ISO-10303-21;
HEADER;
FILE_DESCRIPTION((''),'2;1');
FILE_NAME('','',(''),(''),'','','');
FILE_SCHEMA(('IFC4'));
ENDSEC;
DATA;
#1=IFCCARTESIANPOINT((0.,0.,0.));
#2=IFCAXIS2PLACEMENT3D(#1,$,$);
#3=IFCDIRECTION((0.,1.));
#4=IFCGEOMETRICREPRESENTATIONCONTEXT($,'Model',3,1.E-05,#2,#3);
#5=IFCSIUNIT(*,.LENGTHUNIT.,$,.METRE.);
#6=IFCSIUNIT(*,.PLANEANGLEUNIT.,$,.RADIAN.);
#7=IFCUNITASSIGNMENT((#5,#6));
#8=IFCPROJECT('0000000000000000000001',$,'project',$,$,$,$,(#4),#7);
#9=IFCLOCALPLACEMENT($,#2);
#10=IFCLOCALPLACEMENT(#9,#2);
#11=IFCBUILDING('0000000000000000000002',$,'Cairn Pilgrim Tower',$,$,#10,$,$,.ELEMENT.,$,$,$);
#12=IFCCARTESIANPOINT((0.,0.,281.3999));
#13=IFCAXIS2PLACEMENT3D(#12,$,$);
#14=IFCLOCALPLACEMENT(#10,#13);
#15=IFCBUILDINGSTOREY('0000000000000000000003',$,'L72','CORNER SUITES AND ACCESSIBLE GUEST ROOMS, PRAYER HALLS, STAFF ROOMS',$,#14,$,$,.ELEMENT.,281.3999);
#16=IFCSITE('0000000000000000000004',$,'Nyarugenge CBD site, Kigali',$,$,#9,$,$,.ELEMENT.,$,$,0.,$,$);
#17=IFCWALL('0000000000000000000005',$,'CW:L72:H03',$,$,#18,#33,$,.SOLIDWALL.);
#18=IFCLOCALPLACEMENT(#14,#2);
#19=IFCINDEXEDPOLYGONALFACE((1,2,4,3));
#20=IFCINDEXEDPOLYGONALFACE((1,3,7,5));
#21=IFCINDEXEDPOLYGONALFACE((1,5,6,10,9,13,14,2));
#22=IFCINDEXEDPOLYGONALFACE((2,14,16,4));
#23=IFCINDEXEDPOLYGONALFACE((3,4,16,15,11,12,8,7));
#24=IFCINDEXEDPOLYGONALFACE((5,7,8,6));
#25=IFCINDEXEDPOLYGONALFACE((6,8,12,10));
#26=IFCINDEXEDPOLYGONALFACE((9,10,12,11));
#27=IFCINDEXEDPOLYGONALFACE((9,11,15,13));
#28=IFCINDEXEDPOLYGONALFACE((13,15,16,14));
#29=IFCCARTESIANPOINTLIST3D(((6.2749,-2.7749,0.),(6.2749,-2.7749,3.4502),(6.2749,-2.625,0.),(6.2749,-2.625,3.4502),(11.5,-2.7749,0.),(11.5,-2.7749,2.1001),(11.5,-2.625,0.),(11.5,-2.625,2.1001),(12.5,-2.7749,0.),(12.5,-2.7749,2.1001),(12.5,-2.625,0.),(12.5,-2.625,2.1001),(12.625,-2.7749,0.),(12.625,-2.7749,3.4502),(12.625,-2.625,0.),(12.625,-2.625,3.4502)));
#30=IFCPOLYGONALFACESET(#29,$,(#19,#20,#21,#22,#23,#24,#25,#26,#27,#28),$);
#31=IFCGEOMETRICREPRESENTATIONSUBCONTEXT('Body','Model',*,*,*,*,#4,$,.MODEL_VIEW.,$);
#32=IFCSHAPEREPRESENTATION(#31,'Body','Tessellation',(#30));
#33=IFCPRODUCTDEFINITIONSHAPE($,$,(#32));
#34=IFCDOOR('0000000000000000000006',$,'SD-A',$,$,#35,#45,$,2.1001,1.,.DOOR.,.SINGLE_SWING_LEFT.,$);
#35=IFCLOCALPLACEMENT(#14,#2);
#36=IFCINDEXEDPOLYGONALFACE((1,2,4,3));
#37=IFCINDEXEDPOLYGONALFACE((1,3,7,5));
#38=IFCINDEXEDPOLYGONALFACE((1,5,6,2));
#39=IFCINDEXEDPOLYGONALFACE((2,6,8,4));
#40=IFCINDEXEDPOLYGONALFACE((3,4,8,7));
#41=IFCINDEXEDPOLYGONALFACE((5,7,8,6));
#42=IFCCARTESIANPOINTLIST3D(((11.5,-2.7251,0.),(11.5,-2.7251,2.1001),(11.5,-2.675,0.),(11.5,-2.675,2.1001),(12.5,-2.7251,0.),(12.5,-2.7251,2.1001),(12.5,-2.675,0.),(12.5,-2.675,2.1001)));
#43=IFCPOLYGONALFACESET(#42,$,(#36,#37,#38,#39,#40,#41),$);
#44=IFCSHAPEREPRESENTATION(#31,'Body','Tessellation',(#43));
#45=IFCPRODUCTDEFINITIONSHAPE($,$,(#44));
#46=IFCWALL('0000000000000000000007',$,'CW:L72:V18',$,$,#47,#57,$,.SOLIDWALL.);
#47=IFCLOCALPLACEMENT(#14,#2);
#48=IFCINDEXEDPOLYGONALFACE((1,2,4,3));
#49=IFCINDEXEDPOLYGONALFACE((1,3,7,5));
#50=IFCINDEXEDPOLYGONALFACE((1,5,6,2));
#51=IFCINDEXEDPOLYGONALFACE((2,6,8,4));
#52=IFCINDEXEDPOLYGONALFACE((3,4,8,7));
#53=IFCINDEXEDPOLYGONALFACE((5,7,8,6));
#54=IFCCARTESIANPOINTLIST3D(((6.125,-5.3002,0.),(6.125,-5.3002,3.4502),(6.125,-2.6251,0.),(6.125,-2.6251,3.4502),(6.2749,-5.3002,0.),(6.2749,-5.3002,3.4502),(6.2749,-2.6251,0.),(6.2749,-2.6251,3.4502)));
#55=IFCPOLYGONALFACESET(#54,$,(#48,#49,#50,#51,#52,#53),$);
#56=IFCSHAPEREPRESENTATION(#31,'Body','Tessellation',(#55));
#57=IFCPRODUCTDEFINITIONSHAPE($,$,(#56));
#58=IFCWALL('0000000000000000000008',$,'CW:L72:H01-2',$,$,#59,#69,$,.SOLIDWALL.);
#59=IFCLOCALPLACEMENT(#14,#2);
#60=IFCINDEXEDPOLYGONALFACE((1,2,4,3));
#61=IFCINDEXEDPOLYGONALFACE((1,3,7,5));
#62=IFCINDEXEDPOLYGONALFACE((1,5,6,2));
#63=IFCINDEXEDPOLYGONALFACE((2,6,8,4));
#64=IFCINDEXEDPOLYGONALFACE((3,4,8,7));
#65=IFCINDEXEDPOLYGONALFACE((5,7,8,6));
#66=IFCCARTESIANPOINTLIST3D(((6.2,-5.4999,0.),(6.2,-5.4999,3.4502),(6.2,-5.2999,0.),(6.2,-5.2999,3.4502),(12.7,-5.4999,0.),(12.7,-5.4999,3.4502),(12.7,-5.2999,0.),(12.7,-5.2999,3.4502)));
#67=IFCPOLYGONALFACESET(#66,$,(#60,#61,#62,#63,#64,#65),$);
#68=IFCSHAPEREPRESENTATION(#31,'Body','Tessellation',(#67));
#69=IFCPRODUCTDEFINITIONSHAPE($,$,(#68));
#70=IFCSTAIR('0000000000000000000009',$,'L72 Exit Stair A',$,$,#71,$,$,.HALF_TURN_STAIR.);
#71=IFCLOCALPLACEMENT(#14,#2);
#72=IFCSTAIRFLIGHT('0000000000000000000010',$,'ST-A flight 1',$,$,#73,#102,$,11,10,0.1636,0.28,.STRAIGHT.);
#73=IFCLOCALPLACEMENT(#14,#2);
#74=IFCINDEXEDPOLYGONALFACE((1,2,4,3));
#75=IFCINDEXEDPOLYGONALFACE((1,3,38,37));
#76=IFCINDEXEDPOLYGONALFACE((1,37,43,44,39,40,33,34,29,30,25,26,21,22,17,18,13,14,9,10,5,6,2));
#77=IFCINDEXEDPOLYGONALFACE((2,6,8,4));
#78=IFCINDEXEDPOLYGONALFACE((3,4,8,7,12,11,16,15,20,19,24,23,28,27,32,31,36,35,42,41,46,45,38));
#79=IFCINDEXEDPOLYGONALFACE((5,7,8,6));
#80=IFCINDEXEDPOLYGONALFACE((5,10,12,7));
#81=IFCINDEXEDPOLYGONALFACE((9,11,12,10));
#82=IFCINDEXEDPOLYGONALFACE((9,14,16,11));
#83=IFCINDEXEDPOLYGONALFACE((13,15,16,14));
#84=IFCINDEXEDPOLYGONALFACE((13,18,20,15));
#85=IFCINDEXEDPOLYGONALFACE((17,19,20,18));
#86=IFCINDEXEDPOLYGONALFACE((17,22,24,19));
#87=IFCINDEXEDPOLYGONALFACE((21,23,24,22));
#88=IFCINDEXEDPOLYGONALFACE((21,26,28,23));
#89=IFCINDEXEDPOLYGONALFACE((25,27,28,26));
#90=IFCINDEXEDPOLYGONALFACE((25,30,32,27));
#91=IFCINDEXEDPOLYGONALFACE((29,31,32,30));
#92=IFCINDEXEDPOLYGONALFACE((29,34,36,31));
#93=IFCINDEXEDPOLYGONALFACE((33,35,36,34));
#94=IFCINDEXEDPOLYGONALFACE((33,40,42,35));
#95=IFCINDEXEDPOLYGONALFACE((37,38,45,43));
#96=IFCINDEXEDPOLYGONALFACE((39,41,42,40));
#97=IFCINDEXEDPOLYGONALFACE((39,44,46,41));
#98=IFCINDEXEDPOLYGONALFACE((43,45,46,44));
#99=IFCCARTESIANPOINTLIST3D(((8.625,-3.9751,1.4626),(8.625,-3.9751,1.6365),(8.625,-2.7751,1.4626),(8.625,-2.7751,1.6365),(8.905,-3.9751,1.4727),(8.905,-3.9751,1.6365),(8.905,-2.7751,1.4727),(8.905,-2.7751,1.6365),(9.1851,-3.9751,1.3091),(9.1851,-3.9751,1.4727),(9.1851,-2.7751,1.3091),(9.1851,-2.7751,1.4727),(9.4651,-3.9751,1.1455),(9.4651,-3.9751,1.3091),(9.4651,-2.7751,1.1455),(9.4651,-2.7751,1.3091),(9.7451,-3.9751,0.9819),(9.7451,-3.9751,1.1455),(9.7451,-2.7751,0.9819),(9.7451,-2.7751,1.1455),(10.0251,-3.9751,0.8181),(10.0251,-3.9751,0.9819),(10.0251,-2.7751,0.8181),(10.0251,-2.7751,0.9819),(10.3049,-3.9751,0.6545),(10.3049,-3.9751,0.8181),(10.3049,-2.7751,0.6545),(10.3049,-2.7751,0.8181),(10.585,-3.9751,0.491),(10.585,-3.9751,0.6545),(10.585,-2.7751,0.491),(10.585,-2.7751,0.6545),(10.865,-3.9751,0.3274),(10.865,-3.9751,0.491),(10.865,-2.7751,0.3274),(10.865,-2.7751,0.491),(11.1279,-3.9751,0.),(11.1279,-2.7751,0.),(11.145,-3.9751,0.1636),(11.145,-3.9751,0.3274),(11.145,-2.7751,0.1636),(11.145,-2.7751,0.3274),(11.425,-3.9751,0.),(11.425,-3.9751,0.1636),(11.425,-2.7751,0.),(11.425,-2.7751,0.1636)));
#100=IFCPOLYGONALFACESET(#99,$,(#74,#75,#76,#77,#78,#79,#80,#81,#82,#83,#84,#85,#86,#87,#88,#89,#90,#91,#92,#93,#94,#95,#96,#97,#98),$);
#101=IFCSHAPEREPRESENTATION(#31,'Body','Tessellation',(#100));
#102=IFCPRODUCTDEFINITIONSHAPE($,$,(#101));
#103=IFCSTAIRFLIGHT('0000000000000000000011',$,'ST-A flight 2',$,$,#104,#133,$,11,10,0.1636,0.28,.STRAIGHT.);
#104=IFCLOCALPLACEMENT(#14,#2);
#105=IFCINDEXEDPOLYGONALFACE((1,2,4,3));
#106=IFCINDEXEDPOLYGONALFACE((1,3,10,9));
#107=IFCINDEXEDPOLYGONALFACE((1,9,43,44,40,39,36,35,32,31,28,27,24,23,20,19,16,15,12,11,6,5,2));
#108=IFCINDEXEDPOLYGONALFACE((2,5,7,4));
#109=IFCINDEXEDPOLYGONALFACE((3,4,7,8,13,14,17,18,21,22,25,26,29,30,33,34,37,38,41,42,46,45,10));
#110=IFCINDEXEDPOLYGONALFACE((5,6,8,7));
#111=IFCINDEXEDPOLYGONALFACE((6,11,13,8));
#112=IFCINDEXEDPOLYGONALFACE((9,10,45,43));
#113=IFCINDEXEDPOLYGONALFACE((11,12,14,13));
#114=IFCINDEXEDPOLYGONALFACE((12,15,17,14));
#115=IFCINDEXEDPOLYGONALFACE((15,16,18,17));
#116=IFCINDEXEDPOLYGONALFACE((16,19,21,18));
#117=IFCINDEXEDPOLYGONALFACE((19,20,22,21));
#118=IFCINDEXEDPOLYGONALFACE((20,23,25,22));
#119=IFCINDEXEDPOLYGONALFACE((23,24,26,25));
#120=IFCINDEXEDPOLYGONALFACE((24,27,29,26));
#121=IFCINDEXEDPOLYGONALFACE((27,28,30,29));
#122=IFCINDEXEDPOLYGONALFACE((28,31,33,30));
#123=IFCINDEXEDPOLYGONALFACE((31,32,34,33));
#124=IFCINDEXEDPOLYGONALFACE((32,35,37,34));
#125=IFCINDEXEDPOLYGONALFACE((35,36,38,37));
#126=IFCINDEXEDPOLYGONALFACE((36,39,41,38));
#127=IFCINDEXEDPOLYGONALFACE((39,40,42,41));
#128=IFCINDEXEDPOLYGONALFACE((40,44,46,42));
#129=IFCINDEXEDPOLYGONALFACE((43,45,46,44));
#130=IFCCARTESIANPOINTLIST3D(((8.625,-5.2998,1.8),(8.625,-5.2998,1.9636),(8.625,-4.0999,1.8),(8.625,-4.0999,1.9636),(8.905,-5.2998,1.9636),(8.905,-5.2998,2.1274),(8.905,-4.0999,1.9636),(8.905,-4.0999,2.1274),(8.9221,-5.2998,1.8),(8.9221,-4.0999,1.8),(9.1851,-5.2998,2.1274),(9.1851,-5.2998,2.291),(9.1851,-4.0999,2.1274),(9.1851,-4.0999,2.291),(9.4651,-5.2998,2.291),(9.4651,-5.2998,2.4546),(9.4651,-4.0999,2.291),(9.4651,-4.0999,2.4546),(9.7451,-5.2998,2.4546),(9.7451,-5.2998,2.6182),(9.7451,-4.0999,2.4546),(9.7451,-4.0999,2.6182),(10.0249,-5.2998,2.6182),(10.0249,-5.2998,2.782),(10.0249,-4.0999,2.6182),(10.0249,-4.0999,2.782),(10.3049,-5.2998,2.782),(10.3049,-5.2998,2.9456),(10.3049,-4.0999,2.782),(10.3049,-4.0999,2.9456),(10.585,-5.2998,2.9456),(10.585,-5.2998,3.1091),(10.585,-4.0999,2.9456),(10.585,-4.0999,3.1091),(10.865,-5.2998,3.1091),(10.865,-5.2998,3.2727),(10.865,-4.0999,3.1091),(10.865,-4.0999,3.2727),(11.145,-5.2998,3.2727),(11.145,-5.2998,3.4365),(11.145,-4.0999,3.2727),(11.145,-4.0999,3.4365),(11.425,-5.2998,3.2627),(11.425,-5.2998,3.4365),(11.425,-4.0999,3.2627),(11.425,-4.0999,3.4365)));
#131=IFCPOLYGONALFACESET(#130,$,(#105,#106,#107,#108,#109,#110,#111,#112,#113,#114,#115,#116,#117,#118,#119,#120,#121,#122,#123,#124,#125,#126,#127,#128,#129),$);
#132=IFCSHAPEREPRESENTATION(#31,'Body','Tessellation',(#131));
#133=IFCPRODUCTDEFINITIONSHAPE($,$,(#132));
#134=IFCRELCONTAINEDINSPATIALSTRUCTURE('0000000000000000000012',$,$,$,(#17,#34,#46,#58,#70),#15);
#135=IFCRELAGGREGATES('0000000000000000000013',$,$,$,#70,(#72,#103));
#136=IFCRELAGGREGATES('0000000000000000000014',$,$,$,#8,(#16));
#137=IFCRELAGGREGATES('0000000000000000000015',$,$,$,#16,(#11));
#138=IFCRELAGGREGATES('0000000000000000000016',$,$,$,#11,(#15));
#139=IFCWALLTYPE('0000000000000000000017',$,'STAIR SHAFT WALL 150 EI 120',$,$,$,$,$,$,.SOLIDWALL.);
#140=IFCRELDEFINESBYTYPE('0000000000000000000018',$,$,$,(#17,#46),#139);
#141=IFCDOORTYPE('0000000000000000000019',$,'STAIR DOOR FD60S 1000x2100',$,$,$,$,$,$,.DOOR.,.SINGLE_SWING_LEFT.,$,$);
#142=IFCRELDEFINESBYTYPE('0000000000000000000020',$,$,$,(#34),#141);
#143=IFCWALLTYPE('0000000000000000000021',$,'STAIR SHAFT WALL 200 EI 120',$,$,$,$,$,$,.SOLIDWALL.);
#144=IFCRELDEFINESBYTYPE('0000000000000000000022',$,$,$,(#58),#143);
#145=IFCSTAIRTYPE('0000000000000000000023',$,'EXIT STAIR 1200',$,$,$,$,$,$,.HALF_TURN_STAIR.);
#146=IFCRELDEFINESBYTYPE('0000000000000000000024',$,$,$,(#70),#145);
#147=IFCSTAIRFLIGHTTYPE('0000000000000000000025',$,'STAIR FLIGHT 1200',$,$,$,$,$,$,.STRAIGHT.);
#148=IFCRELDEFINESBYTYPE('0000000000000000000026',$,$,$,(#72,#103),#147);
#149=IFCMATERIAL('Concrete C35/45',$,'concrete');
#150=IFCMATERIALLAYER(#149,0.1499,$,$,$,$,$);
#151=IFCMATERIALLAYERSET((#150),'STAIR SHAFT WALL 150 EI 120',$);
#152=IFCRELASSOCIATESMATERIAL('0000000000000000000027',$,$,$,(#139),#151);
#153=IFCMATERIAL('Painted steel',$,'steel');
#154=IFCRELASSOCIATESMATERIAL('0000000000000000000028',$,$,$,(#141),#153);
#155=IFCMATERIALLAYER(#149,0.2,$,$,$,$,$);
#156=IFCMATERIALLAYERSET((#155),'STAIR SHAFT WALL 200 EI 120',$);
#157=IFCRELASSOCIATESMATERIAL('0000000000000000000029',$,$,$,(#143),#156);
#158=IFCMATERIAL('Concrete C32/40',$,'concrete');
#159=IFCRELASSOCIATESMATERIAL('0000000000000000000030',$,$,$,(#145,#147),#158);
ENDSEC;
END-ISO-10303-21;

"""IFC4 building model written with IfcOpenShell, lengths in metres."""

from ifc_helpers import new_model, si_unit, direction, frame, frame_2d, origin, place, context, subcontext, project, spatial, polyline, rectangle, outline, extrude, material, layer, layer_set, type_object, element, fill, aggregate, save


model = new_model("IFC4")

# Units and contexts
model_context = context("Model", 3, precision=1e-05, world=origin(), true_north=direction((0.0, 1.0)))
body_context = subcontext(model_context, "Body", "Model", "MODEL_VIEW")
ifc_project = project(units=[si_unit("LENGTHUNIT", "METRE"), si_unit("PLANEANGLEUNIT", "RADIAN")], contexts=[model_context])

# Site, building, storey
site_placement = place(None, origin())
site = spatial("IfcSite", under=ifc_project, at=site_placement, Name="Nyarugenge CBD site, Kigali", CompositionType="ELEMENT", RefElevation=0.0)
building_placement = place(site_placement, origin())
building = spatial("IfcBuilding", under=site, at=building_placement, Name="Cairn Pilgrim Tower", CompositionType="ELEMENT")
storey_placement = place(building_placement, frame((0.0, 0.0, 281.3999)))
storey = spatial("IfcBuildingStorey", under=building, at=storey_placement, Name="L72", Description="CORNER SUITES AND ACCESSIBLE GUEST ROOMS, PRAYER HALLS, STAFF ROOMS", CompositionType="ELEMENT", Elevation=281.3999)

# Shared definitions
ifc_material_1 = material(Name="Concrete C35/45", Category="concrete")

# Shared definitions
ifc_material_2 = material(Name="Concrete C32/40", Category="concrete")

# Shared definitions
ifc_material_3 = material(Name="Painted steel", Category="steel")

# Wall, opening, door
ifc_layer_1 = layer(ifc_material_1, 0.1499)
ifc_layer_set_1 = layer_set([ifc_layer_1], Name="STAIR SHAFT WALL 150 EI 120")
wall_type_1 = type_object("IfcWallType", Name="STAIR SHAFT WALL 150 EI 120", PredefinedType="SOLIDWALL", material=ifc_layer_set_1)
wall_1_placement = place(storey_placement, frame((6.2749, -2.7, 0.0), z_axis=(0.0, 0.0, 1.0), x_axis=(1.0, 0.0, 0.0)))
wall_1 = element("IfcWall", 1, at=wall_1_placement, inside=storey, type_object=wall_type_1, Name="CW:L72:H03", PredefinedType="SOLIDWALL", context=body_context, shape_type="SweptSolid", body=[
    extrude(rectangle(XDim=6.3501, YDim=0.1499, at=frame_2d((3.175, 0.0))), origin(), (0.0, 0.0, 1.0), 3.4502),
])
opening_1_placement = place(wall_1_placement, frame((5.2251, 0.0, 0.0)))
opening_1 = element("IfcOpeningElement", 2, at=opening_1_placement, cuts=wall_1, PredefinedType="OPENING", context=body_context, shape_type="SweptSolid", body=[
    extrude(rectangle(XDim=1.0, YDim=2.1001, at=frame_2d((0.5, 1.05))), frame((0.0, 0.085, 0.0), z_axis=(0.0, -1.0, 0.0), x_axis=(1.0, 0.0, 0.0)), (0.0, 0.0, 1.0), 0.1699),
])
door_type_1 = type_object("IfcDoorType", Name="STAIR DOOR FD60S 1000x2100", OperationType="SINGLE_SWING_LEFT", PredefinedType="DOOR", material=ifc_material_3)
door_1_placement = place(opening_1_placement, origin())
door_1 = element("IfcDoor", 3, at=door_1_placement, inside=storey, type_object=door_type_1, Name="SD-A", OperationType="SINGLE_SWING_LEFT", OverallHeight=2.1001, OverallWidth=1.0, PredefinedType="DOOR", context=body_context, shape_type="SweptSolid", body=[
    extrude(rectangle(XDim=1.0, YDim=2.1001, at=frame_2d((0.5, 1.05))), frame((0.0, 0.0249, 0.0), z_axis=(0.0, -1.0, 0.0), x_axis=(1.0, 0.0, 0.0)), (0.0, 0.0, 1.0), 0.05),
])
fill(opening_1, door_1)

# Walls
wall_2_placement = place(storey_placement, frame((6.2, -5.3, 0.0), z_axis=(0.0, 0.0, 1.0), x_axis=(0.0, 1.0, 0.0)))
element("IfcWall", 4, at=wall_2_placement, inside=storey, type_object=wall_type_1, Name="CW:L72:V18", PredefinedType="SOLIDWALL", context=body_context, shape_type="SweptSolid", body=[
    extrude(rectangle(XDim=2.675, YDim=0.1499, at=frame_2d((1.3374, 0.0))), origin(), (0.0, 0.0, 1.0), 3.4502),
])
ifc_layer_2 = layer(ifc_material_1, 0.2)
ifc_layer_set_2 = layer_set([ifc_layer_2], Name="STAIR SHAFT WALL 200 EI 120")
wall_type_2 = type_object("IfcWallType", Name="STAIR SHAFT WALL 200 EI 120", PredefinedType="SOLIDWALL", material=ifc_layer_set_2)
wall_3_placement = place(storey_placement, frame((6.2, -5.3999, 0.0), z_axis=(0.0, 0.0, 1.0), x_axis=(1.0, 0.0, 0.0)))
element("IfcWall", 5, at=wall_3_placement, inside=storey, type_object=wall_type_2, Name="CW:L72:H01-2", PredefinedType="SOLIDWALL", context=body_context, shape_type="SweptSolid", body=[
    extrude(rectangle(XDim=6.5, YDim=0.2, at=frame_2d((3.25, 0.0))), origin(), (0.0, 0.0, 1.0), 3.4502),
])

# Stair, stair flights
stair_type = type_object("IfcStairType", Name="EXIT STAIR 1200", PredefinedType="HALF_TURN_STAIR", material=ifc_material_2)
stair_placement = place(storey_placement, origin())
stair = element("IfcStair", 6, at=stair_placement, inside=storey, type_object=stair_type, Name="L72 Exit Stair A", PredefinedType="HALF_TURN_STAIR")
stair_flight_type = type_object("IfcStairFlightType", Name="STAIR FLIGHT 1200", PredefinedType="STRAIGHT", material=ifc_material_2)
stair_flight_1_placement = place(storey_placement, frame((11.425, -3.375, 0.0), z_axis=(0.0, 0.0, 1.0), x_axis=(-1.0, 0.0, 0.0)))
stair_flight_1 = element("IfcStairFlight", 7, at=stair_flight_1_placement, type_object=stair_flight_type, Name="ST-A flight 1", NumberOfRisers=11, NumberOfTreads=10, PredefinedType="STRAIGHT", RiserHeight=0.1636, TreadLength=0.28, context=body_context, shape_type="SweptSolid", body=[
    extrude(outline(polyline([(0.0, 0.0), (0.0, 0.1636), (0.28, 0.1636), (0.28, 0.3274), (0.5601, 0.3274), (0.5601, 0.491), (0.8401, 0.491), (0.8401, 0.6545), (1.1201, 0.6545), (1.1201, 0.8181), (1.3999, 0.8181), (1.3999, 0.9819), (1.6799, 0.9819), (1.6799, 1.1455), (1.96, 1.1455), (1.96, 1.3091), (2.24, 1.3091), (2.24, 1.4727), (2.52, 1.4727), (2.52, 1.6365), (2.8, 1.6365), (2.8, 1.8), (2.8, 1.4626), (0.2971, 0.0), (0.0, 0.0)])), frame((0.0, 0.6001, 0.0), z_axis=(0.0, -1.0, 0.0), x_axis=(1.0, 0.0, 0.0)), (0.0, 0.0, 1.0), 1.2),
])
stair_flight_2_placement = place(storey_placement, frame((8.625, -4.7, 1.8), z_axis=(0.0, 0.0, 1.0), x_axis=(1.0, 0.0, 0.0)))
stair_flight_2 = element("IfcStairFlight", 8, at=stair_flight_2_placement, type_object=stair_flight_type, Name="ST-A flight 2", NumberOfRisers=11, NumberOfTreads=10, PredefinedType="STRAIGHT", RiserHeight=0.1636, TreadLength=0.28, context=body_context, shape_type="SweptSolid", body=[
    extrude(outline(polyline([(0.0, 0.0), (0.0, 0.1636), (0.28, 0.1636), (0.28, 0.3274), (0.5601, 0.3274), (0.5601, 0.491), (0.8401, 0.491), (0.8401, 0.6545), (1.1201, 0.6545), (1.1201, 0.8181), (1.3999, 0.8181), (1.3999, 0.9819), (1.6799, 0.9819), (1.6799, 1.1455), (1.96, 1.1455), (1.96, 1.3091), (2.24, 1.3091), (2.24, 1.4727), (2.52, 1.4727), (2.52, 1.6365), (2.8, 1.6365), (2.8, 1.8), (2.8, 1.4626), (0.2971, 0.0), (0.0, 0.0)])), frame((0.0, 0.6001, 0.0), z_axis=(0.0, -1.0, 0.0), x_axis=(1.0, 0.0, 0.0)), (0.0, 0.0, 1.0), 1.2),
])
aggregate(stair, [stair_flight_1, stair_flight_2])

save(model, "model.ifc")
